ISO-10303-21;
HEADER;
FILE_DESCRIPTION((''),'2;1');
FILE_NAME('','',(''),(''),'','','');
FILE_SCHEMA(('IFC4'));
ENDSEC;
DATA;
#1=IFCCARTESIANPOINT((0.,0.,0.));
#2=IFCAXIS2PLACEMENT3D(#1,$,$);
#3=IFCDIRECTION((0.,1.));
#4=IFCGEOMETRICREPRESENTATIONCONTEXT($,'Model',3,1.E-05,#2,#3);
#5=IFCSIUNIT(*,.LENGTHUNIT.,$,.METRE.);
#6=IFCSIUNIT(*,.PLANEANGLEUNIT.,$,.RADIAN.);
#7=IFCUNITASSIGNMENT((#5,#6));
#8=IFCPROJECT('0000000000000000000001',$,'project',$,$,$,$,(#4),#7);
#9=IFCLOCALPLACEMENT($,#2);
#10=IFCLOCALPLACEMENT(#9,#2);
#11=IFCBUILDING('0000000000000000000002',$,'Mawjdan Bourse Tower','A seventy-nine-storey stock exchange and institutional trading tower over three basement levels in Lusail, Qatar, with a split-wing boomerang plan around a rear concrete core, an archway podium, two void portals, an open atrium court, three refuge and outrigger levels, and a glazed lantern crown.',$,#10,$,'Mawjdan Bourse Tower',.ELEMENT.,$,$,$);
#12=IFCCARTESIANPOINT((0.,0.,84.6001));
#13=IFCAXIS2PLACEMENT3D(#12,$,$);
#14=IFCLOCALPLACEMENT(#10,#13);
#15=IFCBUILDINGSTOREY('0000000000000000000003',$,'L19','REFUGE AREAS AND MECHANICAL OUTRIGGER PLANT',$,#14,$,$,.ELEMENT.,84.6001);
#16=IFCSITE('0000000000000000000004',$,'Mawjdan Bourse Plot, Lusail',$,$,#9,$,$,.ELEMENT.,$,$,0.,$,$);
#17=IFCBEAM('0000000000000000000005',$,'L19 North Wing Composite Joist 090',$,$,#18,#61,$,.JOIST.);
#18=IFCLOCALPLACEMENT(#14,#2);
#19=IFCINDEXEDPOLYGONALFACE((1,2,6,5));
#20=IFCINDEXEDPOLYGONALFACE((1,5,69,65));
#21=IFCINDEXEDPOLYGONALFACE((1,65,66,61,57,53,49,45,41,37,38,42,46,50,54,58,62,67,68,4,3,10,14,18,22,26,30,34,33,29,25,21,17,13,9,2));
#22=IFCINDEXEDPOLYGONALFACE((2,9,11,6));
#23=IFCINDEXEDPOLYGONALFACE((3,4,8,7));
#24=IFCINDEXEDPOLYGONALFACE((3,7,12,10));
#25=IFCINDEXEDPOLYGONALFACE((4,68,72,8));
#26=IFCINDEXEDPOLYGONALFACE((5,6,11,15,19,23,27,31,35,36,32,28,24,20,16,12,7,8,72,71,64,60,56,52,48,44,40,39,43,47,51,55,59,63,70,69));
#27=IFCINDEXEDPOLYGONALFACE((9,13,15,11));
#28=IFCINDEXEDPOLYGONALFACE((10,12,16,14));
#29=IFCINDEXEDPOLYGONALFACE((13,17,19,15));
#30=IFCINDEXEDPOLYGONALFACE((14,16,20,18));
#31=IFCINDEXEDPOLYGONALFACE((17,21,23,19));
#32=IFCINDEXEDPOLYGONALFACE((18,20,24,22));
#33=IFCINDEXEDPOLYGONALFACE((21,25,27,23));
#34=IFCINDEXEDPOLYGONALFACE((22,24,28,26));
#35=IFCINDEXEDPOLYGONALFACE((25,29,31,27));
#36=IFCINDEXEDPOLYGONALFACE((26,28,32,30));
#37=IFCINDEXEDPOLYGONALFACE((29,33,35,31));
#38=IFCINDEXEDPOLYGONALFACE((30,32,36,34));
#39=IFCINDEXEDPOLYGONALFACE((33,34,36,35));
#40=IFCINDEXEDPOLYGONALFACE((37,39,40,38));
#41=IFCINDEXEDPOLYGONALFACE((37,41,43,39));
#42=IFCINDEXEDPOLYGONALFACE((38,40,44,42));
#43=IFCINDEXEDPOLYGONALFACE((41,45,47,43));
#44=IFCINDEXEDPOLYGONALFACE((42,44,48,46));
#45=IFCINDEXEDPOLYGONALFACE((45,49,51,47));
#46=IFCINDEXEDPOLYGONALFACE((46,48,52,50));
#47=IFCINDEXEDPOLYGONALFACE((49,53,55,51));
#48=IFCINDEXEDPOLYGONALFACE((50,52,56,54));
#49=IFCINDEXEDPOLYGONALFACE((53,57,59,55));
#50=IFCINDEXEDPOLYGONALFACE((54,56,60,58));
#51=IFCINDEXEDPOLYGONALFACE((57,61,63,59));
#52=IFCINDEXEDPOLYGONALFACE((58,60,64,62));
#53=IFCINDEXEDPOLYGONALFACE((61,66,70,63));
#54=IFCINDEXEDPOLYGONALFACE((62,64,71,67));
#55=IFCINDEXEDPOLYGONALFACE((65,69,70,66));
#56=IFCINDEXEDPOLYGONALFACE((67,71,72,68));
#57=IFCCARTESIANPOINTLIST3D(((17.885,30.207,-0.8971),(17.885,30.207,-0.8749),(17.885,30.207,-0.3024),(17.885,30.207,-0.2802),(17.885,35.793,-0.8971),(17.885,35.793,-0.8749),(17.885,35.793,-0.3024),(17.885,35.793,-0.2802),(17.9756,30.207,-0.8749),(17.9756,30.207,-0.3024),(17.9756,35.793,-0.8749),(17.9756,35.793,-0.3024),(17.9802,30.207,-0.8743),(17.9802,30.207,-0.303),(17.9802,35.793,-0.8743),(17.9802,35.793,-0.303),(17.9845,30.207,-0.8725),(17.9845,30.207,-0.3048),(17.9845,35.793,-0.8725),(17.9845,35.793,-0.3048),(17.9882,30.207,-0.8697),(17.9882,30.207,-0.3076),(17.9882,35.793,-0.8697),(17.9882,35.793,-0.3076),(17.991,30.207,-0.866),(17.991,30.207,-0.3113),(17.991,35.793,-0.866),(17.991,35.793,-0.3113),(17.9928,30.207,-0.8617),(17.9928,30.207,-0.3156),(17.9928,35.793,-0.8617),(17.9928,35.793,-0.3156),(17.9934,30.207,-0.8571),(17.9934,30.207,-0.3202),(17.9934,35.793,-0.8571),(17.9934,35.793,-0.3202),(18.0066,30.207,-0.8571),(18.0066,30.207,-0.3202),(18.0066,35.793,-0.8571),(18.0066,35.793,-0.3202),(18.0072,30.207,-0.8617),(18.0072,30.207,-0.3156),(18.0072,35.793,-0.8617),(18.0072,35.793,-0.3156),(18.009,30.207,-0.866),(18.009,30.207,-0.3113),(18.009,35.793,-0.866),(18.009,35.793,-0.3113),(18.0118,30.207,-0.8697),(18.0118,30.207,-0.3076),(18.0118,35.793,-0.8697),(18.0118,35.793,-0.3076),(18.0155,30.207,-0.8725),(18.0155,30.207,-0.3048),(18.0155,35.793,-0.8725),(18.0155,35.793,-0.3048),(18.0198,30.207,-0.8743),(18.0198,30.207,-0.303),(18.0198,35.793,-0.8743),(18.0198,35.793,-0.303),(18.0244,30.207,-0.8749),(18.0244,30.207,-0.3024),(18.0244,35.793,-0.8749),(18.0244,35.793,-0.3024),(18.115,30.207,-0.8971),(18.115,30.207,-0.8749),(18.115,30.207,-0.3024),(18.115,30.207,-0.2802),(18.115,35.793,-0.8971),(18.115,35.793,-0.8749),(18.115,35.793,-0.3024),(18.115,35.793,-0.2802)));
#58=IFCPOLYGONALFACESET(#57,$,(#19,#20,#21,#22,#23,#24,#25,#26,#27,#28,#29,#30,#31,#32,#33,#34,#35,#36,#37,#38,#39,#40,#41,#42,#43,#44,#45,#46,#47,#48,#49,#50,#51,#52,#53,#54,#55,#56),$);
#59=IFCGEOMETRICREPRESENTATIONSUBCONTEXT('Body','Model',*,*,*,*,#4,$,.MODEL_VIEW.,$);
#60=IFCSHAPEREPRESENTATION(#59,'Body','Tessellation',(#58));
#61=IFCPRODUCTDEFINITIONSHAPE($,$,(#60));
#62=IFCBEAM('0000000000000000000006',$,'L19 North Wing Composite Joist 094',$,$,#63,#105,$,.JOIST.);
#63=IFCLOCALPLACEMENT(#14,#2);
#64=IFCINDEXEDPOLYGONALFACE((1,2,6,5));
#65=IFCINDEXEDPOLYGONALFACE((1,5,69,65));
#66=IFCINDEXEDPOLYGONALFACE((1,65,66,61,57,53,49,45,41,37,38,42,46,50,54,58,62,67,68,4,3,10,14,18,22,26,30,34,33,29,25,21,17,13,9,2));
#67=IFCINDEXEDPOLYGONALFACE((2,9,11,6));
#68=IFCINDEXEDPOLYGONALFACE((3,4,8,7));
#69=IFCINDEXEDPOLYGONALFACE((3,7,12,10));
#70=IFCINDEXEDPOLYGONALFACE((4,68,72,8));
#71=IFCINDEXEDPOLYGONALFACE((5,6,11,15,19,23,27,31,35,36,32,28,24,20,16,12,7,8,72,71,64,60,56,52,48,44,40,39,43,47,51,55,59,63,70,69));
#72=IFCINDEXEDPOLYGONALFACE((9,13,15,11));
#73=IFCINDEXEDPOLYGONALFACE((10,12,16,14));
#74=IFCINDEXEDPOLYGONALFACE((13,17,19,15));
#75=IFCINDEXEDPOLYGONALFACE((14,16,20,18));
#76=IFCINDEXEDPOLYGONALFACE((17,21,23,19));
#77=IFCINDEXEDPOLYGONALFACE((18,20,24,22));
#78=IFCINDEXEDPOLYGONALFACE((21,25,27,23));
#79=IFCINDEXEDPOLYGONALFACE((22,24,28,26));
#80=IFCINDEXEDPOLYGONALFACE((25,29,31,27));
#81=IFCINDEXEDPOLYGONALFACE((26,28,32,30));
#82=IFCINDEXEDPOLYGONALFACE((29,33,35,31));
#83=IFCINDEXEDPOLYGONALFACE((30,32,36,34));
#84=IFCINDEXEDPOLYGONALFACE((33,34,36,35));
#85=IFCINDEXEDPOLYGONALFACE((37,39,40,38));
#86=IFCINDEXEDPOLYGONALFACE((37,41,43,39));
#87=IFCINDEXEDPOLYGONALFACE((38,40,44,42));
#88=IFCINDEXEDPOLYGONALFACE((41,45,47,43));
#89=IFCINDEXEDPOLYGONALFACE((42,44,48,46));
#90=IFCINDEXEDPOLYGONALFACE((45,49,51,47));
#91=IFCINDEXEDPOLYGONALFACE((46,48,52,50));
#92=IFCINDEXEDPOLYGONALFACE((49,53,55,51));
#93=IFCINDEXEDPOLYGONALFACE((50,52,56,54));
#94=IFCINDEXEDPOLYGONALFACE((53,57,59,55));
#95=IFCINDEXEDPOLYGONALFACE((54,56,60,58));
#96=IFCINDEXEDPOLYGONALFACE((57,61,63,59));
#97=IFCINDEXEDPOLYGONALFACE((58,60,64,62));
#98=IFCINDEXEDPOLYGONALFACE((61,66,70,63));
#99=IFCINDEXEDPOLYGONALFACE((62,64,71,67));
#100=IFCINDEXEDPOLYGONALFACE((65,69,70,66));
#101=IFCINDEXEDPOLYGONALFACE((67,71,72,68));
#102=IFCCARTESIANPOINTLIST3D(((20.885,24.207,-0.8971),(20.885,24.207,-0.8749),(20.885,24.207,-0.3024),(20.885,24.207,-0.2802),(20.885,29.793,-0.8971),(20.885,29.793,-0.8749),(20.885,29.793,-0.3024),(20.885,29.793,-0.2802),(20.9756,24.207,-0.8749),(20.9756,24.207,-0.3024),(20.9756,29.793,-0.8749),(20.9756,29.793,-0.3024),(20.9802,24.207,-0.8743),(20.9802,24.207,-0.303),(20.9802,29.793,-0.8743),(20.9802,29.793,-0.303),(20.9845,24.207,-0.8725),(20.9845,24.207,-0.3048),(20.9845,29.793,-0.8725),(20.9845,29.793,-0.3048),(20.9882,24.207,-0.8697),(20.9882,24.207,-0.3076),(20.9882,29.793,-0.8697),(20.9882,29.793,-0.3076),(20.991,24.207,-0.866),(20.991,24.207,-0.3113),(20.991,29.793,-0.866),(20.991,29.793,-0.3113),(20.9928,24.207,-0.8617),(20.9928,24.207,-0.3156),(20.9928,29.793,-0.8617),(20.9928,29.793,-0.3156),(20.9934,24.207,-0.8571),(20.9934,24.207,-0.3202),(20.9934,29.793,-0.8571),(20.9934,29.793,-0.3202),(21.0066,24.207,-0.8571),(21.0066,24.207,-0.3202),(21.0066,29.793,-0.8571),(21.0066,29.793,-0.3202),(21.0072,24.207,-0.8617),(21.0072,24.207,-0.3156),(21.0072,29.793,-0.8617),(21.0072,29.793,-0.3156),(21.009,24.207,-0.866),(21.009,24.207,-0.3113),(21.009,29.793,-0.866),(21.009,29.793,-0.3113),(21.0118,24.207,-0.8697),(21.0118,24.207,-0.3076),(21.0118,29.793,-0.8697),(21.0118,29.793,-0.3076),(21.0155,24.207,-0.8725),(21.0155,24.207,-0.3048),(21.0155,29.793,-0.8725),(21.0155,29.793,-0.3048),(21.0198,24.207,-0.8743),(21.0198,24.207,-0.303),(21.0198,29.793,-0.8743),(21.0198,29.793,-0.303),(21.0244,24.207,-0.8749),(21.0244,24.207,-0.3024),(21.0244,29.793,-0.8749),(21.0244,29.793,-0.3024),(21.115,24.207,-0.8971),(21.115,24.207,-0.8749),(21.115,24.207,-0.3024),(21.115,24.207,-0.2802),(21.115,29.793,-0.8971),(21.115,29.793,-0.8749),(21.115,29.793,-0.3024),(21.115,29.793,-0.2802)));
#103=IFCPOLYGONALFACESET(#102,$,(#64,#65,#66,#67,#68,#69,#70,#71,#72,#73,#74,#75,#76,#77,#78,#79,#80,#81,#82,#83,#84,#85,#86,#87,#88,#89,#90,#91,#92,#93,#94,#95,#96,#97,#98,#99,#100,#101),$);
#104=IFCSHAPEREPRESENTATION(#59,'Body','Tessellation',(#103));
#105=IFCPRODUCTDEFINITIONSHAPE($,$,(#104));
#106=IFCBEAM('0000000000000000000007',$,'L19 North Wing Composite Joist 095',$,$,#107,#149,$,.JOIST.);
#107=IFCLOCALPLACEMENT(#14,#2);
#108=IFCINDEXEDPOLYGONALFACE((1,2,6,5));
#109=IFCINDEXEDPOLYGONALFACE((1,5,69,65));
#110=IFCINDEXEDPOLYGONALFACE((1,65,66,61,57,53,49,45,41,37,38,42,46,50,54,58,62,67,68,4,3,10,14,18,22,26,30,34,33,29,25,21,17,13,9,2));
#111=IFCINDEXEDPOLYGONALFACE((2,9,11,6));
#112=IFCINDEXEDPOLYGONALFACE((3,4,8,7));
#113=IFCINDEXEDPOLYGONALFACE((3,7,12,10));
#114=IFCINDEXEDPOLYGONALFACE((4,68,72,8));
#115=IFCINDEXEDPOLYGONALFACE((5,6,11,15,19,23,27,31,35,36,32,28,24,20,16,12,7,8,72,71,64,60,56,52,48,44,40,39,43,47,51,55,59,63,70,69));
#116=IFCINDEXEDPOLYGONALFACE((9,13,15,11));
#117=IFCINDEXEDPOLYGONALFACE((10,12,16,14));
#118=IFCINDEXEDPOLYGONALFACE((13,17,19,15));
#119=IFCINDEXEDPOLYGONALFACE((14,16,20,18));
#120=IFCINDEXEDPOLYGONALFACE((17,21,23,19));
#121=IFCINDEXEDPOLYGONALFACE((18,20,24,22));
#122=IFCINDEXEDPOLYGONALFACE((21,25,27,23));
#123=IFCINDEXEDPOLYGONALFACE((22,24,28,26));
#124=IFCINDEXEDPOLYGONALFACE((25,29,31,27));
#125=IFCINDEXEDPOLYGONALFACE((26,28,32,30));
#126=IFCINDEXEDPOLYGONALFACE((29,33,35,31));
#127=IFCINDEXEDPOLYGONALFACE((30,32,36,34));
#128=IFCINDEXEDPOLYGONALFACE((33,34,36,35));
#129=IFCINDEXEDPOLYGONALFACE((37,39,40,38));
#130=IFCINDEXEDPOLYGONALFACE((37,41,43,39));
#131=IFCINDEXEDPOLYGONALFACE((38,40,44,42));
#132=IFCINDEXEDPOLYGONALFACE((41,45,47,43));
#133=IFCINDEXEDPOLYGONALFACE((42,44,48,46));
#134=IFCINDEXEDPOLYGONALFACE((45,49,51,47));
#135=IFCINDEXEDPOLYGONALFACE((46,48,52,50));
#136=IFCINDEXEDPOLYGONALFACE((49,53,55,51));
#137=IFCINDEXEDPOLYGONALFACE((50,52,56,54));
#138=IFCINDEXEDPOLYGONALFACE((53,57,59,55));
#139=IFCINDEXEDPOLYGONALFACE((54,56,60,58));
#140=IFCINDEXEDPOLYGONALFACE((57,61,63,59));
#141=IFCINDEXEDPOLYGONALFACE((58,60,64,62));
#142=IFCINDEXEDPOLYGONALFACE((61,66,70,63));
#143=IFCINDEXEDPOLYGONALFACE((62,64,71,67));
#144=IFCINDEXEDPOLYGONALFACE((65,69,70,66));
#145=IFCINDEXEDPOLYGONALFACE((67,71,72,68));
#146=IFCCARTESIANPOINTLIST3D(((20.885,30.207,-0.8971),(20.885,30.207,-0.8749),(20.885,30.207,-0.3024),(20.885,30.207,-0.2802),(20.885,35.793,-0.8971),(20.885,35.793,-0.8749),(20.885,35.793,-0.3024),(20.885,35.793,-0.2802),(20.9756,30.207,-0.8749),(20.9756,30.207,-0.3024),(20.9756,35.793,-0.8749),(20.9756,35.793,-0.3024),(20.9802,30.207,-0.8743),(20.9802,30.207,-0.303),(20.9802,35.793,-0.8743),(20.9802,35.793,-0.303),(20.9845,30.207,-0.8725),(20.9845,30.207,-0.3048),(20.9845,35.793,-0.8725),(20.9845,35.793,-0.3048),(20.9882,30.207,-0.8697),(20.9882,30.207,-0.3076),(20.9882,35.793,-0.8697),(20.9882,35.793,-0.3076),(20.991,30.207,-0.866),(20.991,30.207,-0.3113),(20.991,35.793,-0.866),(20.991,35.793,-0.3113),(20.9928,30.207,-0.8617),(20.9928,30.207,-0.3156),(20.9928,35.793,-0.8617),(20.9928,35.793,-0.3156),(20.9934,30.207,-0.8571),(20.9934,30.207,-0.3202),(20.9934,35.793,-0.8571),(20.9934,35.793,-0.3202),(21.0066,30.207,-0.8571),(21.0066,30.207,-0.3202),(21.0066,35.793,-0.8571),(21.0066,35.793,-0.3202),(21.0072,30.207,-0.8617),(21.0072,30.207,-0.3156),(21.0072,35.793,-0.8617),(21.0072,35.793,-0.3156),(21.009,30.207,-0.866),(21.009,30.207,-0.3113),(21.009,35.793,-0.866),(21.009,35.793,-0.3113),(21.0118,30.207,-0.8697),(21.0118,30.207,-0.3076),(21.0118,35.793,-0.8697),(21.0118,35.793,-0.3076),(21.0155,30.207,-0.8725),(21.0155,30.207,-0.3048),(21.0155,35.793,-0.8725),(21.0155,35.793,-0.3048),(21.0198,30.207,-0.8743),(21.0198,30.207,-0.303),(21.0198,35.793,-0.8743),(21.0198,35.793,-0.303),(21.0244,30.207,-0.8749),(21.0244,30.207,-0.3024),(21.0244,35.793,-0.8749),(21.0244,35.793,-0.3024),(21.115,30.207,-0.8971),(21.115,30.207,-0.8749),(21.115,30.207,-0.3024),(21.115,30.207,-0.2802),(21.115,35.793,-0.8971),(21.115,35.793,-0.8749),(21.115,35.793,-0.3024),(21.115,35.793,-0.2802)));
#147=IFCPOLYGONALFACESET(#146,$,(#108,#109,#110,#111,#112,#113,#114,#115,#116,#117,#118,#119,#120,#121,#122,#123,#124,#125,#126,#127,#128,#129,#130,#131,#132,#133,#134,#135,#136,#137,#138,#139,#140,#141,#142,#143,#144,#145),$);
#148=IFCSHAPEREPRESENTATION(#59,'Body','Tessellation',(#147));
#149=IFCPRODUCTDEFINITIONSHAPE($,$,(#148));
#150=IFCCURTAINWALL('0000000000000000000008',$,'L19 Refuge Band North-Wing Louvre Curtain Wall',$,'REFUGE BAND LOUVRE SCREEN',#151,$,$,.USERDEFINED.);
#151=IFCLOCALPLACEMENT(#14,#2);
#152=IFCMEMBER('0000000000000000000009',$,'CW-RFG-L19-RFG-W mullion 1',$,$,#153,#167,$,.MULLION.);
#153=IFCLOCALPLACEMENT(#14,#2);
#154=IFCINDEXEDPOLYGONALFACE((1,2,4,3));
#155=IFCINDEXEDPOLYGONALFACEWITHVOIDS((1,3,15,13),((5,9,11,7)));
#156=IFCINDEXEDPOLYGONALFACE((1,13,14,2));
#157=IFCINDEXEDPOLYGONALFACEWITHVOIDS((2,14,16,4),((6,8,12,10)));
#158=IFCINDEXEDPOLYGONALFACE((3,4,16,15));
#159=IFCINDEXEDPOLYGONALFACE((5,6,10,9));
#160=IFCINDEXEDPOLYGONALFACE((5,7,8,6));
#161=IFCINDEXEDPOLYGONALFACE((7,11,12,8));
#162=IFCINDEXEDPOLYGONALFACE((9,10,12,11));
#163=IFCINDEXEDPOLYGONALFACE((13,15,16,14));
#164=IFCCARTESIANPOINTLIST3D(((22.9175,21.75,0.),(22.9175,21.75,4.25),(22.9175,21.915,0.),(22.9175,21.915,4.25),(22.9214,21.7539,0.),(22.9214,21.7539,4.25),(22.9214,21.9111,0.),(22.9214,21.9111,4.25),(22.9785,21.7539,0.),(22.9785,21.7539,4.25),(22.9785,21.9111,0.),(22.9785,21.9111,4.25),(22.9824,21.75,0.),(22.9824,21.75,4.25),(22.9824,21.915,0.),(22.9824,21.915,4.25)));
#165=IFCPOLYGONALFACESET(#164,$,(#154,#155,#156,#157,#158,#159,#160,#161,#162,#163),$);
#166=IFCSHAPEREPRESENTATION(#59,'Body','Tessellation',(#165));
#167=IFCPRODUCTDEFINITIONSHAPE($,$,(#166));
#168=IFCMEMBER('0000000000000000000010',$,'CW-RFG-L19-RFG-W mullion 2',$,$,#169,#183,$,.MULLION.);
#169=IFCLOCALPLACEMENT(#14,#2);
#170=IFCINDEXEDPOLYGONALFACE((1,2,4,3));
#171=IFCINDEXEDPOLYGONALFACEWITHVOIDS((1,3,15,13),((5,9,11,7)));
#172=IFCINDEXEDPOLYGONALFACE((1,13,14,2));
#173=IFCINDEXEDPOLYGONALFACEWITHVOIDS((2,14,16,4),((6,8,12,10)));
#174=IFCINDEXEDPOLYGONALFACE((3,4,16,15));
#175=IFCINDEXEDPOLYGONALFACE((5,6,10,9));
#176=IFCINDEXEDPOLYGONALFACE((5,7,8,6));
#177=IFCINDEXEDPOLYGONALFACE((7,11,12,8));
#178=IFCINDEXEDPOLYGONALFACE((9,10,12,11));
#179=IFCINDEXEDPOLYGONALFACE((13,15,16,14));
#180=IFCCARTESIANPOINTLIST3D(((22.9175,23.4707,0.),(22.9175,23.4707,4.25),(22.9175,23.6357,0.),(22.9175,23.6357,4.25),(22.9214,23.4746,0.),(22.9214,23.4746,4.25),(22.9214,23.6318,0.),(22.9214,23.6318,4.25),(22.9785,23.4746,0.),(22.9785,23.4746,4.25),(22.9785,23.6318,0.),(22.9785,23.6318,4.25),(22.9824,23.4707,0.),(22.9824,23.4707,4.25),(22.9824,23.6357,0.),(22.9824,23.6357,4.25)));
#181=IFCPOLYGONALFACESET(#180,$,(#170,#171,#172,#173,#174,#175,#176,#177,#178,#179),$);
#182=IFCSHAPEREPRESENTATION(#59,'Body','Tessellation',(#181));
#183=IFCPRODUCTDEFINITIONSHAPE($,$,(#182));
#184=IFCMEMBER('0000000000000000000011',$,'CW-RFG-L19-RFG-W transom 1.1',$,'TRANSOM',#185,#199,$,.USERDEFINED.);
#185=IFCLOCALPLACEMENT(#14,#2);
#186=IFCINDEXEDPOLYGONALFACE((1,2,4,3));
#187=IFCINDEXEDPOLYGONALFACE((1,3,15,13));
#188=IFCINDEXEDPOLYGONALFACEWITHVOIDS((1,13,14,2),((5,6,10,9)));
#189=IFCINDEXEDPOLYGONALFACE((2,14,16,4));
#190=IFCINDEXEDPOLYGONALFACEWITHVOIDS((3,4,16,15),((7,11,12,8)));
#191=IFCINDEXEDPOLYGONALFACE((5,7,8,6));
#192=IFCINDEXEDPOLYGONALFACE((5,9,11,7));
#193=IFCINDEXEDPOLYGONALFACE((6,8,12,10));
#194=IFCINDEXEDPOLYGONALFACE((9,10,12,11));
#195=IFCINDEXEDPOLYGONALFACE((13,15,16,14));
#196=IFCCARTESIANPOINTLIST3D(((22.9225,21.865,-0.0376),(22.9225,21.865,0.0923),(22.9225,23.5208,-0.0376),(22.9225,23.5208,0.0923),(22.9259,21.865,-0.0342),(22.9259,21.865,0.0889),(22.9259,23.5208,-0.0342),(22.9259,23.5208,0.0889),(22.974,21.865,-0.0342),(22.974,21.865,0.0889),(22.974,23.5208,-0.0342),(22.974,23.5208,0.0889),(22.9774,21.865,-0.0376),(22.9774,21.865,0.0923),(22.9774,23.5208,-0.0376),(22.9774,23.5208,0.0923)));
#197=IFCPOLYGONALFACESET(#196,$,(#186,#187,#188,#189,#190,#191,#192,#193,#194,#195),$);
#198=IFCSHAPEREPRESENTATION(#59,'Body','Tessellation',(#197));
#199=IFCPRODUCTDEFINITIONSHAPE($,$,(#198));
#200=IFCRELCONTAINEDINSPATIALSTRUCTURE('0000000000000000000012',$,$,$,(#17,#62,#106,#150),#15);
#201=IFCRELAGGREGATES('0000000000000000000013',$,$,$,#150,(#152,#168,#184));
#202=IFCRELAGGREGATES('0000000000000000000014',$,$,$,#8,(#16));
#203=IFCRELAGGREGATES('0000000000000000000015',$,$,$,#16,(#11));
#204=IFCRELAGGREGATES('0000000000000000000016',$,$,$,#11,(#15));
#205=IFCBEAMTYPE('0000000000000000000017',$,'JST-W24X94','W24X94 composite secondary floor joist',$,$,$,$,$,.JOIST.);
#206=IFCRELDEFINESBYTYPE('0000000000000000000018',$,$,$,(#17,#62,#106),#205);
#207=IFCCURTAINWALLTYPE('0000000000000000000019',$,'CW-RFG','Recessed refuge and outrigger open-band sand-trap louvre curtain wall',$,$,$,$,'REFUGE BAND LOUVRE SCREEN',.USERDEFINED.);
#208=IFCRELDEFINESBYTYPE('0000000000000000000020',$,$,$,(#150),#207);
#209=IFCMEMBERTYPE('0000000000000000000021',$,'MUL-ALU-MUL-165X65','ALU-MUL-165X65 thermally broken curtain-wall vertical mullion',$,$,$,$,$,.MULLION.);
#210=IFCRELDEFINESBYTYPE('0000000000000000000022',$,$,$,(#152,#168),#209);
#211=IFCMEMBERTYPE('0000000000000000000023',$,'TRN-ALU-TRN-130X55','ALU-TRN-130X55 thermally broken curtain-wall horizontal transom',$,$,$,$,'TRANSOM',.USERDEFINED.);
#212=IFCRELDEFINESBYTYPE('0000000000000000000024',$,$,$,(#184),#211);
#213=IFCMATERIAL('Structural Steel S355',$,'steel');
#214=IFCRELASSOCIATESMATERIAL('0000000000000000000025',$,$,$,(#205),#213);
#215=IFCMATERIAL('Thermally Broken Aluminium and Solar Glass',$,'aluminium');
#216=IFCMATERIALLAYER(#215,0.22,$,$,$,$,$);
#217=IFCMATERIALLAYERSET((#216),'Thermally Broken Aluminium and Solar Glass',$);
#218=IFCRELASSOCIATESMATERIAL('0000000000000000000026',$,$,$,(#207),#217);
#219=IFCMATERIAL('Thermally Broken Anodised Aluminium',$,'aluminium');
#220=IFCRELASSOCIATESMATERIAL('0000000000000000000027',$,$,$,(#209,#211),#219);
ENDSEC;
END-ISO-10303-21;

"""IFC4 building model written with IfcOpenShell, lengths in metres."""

from ifc_helpers import new_model, si_unit, direction, frame, origin, origin_2d, place, context, subcontext, project, spatial, hollow_rectangle, i_section, extrude, material, layer, layer_set, material_profile, profile_set, type_object, element, aggregate, save


model = new_model("IFC4")

# Units and contexts
model_context = context("Model", 3, precision=1e-05, world=origin(), true_north=direction((0.0, 1.0)))
body_context = subcontext(model_context, "Body", "Model", "MODEL_VIEW")
ifc_project = project(units=[si_unit("LENGTHUNIT", "METRE"), si_unit("PLANEANGLEUNIT", "RADIAN")], contexts=[model_context])

# Site, building, storey
site_placement = place(None, origin())
site = spatial("IfcSite", under=ifc_project, at=site_placement, Name="Mawjdan Bourse Plot, Lusail", CompositionType="ELEMENT", RefElevation=0.0)
building_placement = place(site_placement, origin())
building = spatial("IfcBuilding", under=site, at=building_placement, Name="Mawjdan Bourse Tower", Description="A seventy-nine-storey stock exchange and institutional trading tower over three basement levels in Lusail, Qatar, with a split-wing boomerang plan around a rear concrete core, an archway podium, two void portals, an open atrium court, three refuge and outrigger levels, and a glazed lantern crown.", LongName="Mawjdan Bourse Tower", CompositionType="ELEMENT")
storey_placement = place(building_placement, frame((0.0, 0.0, 84.6001)))
storey = spatial("IfcBuildingStorey", under=building, at=storey_placement, Name="L19", Description="REFUGE AREAS AND MECHANICAL OUTRIGGER PLANT", CompositionType="ELEMENT", Elevation=84.6001)

# Beams
ifc_material_1 = material(Name="Structural Steel S355", Category="steel")
ifc_material_profile_1 = material_profile(ifc_material_1, i_section(OverallWidth=0.23, OverallDepth=0.6169, WebThickness=0.0132, FlangeThickness=0.0222, FilletRadius=0.0178, at=origin_2d()), Name="W24X94")
ifc_profile_set_1 = profile_set([ifc_material_profile_1], Name="Structural Steel S355")
beam_type = type_object("IfcBeamType", Name="JST-W24X94", Description="W24X94 composite secondary floor joist", PredefinedType="JOIST", material=ifc_profile_set_1)
for number, where, z_axis, x_axis, name in (
    (1, (18.0, 30.207, -0.5886), (0.0, 1.0, 0.0), (-1.0, 0.0, 0.0), "L19 North Wing Composite Joist 090"),
    (2, (21.0, 24.207, -0.5886), (0.0, 1.0, 0.0), (-1.0, 0.0, 0.0), "L19 North Wing Composite Joist 094"),
    (3, (21.0, 30.207, -0.5886), (0.0, 1.0, 0.0), (-1.0, 0.0, 0.0), "L19 North Wing Composite Joist 095"),
):
    element("IfcBeam", number, at=place(storey_placement, frame(where, z_axis=z_axis, x_axis=x_axis)), inside=storey, type_object=beam_type, Name=name, PredefinedType="JOIST", context=body_context, shape_type="SweptSolid", body=[
        extrude(i_section(OverallWidth=0.23, OverallDepth=0.6169, WebThickness=0.0132, FlangeThickness=0.0222, FilletRadius=0.0178, at=origin_2d()), origin(), (0.0, 0.0, 1.0), 5.5859),
    ])

# Curtain wall, members
ifc_material_2 = material(Name="Thermally Broken Aluminium and Solar Glass", Category="aluminium")
ifc_layer_1 = layer(ifc_material_2, 0.22)
ifc_layer_set_1 = layer_set([ifc_layer_1], Name="Thermally Broken Aluminium and Solar Glass")
curtain_wall_type = type_object("IfcCurtainWallType", Name="CW-RFG", Description="Recessed refuge and outrigger open-band sand-trap louvre curtain wall", ElementType="REFUGE BAND LOUVRE SCREEN", PredefinedType="USERDEFINED", material=ifc_layer_set_1)
curtain_wall_placement = place(storey_placement, origin())
curtain_wall = element("IfcCurtainWall", 4, at=curtain_wall_placement, inside=storey, type_object=curtain_wall_type, Name="L19 Refuge Band North-Wing Louvre Curtain Wall", ObjectType="REFUGE BAND LOUVRE SCREEN", PredefinedType="USERDEFINED")
ifc_material_3 = material(Name="Thermally Broken Anodised Aluminium", Category="aluminium")
ifc_material_profile_2 = material_profile(ifc_material_3, hollow_rectangle(XDim=0.0649, YDim=0.165, WallThickness=0.0039, at=origin_2d()), Name="ALU-MUL-165X65")
ifc_profile_set_2 = profile_set([ifc_material_profile_2], Name="Thermally Broken Anodised Aluminium")
member_type_1 = type_object("IfcMemberType", Name="MUL-ALU-MUL-165X65", Description="ALU-MUL-165X65 thermally broken curtain-wall vertical mullion", PredefinedType="MULLION", material=ifc_profile_set_2)
member_1_placement = place(storey_placement, frame((22.95, 21.8325, 0.0), z_axis=(0.0, 0.0, 1.0), x_axis=(-1.0, 0.0, 0.0)))
member_1 = element("IfcMember", 5, at=member_1_placement, type_object=member_type_1, Name="CW-RFG-L19-RFG-W mullion 1", PredefinedType="MULLION", context=body_context, shape_type="SweptSolid", body=[
    extrude(hollow_rectangle(XDim=0.0649, YDim=0.165, WallThickness=0.0039, at=origin_2d()), origin(), (0.0, 0.0, 1.0), 4.25),
])
member_2_placement = place(storey_placement, frame((22.95, 23.5532, 0.0), z_axis=(0.0, 0.0, 1.0), x_axis=(-1.0, 0.0, 0.0)))
member_2 = element("IfcMember", 6, at=member_2_placement, type_object=member_type_1, Name="CW-RFG-L19-RFG-W mullion 2", PredefinedType="MULLION", context=body_context, shape_type="SweptSolid", body=[
    extrude(hollow_rectangle(XDim=0.0649, YDim=0.165, WallThickness=0.0039, at=origin_2d()), origin(), (0.0, 0.0, 1.0), 4.25),
])
ifc_material_profile_3 = material_profile(ifc_material_3, hollow_rectangle(XDim=0.0549, YDim=0.1299, WallThickness=0.0034, at=origin_2d()), Name="ALU-TRN-130X55")
ifc_profile_set_3 = profile_set([ifc_material_profile_3], Name="Thermally Broken Anodised Aluminium")
member_type_2 = type_object("IfcMemberType", Name="TRN-ALU-TRN-130X55", Description="ALU-TRN-130X55 thermally broken curtain-wall horizontal transom", ElementType="TRANSOM", PredefinedType="USERDEFINED", material=ifc_profile_set_3)
member_3_placement = place(storey_placement, frame((22.95, 21.865, 0.0273), z_axis=(0.0, 1.0, 0.0), x_axis=(-1.0, 0.0, 0.0)))
member_3 = element("IfcMember", 7, at=member_3_placement, type_object=member_type_2, Name="CW-RFG-L19-RFG-W transom 1.1", ObjectType="TRANSOM", PredefinedType="USERDEFINED", context=body_context, shape_type="SweptSolid", body=[
    extrude(hollow_rectangle(XDim=0.0549, YDim=0.1299, WallThickness=0.0034, at=origin_2d()), origin(), (0.0, 0.0, 1.0), 1.6558),
])
aggregate(curtain_wall, [member_1, member_2, member_3])

save(model, "model.ifc")
